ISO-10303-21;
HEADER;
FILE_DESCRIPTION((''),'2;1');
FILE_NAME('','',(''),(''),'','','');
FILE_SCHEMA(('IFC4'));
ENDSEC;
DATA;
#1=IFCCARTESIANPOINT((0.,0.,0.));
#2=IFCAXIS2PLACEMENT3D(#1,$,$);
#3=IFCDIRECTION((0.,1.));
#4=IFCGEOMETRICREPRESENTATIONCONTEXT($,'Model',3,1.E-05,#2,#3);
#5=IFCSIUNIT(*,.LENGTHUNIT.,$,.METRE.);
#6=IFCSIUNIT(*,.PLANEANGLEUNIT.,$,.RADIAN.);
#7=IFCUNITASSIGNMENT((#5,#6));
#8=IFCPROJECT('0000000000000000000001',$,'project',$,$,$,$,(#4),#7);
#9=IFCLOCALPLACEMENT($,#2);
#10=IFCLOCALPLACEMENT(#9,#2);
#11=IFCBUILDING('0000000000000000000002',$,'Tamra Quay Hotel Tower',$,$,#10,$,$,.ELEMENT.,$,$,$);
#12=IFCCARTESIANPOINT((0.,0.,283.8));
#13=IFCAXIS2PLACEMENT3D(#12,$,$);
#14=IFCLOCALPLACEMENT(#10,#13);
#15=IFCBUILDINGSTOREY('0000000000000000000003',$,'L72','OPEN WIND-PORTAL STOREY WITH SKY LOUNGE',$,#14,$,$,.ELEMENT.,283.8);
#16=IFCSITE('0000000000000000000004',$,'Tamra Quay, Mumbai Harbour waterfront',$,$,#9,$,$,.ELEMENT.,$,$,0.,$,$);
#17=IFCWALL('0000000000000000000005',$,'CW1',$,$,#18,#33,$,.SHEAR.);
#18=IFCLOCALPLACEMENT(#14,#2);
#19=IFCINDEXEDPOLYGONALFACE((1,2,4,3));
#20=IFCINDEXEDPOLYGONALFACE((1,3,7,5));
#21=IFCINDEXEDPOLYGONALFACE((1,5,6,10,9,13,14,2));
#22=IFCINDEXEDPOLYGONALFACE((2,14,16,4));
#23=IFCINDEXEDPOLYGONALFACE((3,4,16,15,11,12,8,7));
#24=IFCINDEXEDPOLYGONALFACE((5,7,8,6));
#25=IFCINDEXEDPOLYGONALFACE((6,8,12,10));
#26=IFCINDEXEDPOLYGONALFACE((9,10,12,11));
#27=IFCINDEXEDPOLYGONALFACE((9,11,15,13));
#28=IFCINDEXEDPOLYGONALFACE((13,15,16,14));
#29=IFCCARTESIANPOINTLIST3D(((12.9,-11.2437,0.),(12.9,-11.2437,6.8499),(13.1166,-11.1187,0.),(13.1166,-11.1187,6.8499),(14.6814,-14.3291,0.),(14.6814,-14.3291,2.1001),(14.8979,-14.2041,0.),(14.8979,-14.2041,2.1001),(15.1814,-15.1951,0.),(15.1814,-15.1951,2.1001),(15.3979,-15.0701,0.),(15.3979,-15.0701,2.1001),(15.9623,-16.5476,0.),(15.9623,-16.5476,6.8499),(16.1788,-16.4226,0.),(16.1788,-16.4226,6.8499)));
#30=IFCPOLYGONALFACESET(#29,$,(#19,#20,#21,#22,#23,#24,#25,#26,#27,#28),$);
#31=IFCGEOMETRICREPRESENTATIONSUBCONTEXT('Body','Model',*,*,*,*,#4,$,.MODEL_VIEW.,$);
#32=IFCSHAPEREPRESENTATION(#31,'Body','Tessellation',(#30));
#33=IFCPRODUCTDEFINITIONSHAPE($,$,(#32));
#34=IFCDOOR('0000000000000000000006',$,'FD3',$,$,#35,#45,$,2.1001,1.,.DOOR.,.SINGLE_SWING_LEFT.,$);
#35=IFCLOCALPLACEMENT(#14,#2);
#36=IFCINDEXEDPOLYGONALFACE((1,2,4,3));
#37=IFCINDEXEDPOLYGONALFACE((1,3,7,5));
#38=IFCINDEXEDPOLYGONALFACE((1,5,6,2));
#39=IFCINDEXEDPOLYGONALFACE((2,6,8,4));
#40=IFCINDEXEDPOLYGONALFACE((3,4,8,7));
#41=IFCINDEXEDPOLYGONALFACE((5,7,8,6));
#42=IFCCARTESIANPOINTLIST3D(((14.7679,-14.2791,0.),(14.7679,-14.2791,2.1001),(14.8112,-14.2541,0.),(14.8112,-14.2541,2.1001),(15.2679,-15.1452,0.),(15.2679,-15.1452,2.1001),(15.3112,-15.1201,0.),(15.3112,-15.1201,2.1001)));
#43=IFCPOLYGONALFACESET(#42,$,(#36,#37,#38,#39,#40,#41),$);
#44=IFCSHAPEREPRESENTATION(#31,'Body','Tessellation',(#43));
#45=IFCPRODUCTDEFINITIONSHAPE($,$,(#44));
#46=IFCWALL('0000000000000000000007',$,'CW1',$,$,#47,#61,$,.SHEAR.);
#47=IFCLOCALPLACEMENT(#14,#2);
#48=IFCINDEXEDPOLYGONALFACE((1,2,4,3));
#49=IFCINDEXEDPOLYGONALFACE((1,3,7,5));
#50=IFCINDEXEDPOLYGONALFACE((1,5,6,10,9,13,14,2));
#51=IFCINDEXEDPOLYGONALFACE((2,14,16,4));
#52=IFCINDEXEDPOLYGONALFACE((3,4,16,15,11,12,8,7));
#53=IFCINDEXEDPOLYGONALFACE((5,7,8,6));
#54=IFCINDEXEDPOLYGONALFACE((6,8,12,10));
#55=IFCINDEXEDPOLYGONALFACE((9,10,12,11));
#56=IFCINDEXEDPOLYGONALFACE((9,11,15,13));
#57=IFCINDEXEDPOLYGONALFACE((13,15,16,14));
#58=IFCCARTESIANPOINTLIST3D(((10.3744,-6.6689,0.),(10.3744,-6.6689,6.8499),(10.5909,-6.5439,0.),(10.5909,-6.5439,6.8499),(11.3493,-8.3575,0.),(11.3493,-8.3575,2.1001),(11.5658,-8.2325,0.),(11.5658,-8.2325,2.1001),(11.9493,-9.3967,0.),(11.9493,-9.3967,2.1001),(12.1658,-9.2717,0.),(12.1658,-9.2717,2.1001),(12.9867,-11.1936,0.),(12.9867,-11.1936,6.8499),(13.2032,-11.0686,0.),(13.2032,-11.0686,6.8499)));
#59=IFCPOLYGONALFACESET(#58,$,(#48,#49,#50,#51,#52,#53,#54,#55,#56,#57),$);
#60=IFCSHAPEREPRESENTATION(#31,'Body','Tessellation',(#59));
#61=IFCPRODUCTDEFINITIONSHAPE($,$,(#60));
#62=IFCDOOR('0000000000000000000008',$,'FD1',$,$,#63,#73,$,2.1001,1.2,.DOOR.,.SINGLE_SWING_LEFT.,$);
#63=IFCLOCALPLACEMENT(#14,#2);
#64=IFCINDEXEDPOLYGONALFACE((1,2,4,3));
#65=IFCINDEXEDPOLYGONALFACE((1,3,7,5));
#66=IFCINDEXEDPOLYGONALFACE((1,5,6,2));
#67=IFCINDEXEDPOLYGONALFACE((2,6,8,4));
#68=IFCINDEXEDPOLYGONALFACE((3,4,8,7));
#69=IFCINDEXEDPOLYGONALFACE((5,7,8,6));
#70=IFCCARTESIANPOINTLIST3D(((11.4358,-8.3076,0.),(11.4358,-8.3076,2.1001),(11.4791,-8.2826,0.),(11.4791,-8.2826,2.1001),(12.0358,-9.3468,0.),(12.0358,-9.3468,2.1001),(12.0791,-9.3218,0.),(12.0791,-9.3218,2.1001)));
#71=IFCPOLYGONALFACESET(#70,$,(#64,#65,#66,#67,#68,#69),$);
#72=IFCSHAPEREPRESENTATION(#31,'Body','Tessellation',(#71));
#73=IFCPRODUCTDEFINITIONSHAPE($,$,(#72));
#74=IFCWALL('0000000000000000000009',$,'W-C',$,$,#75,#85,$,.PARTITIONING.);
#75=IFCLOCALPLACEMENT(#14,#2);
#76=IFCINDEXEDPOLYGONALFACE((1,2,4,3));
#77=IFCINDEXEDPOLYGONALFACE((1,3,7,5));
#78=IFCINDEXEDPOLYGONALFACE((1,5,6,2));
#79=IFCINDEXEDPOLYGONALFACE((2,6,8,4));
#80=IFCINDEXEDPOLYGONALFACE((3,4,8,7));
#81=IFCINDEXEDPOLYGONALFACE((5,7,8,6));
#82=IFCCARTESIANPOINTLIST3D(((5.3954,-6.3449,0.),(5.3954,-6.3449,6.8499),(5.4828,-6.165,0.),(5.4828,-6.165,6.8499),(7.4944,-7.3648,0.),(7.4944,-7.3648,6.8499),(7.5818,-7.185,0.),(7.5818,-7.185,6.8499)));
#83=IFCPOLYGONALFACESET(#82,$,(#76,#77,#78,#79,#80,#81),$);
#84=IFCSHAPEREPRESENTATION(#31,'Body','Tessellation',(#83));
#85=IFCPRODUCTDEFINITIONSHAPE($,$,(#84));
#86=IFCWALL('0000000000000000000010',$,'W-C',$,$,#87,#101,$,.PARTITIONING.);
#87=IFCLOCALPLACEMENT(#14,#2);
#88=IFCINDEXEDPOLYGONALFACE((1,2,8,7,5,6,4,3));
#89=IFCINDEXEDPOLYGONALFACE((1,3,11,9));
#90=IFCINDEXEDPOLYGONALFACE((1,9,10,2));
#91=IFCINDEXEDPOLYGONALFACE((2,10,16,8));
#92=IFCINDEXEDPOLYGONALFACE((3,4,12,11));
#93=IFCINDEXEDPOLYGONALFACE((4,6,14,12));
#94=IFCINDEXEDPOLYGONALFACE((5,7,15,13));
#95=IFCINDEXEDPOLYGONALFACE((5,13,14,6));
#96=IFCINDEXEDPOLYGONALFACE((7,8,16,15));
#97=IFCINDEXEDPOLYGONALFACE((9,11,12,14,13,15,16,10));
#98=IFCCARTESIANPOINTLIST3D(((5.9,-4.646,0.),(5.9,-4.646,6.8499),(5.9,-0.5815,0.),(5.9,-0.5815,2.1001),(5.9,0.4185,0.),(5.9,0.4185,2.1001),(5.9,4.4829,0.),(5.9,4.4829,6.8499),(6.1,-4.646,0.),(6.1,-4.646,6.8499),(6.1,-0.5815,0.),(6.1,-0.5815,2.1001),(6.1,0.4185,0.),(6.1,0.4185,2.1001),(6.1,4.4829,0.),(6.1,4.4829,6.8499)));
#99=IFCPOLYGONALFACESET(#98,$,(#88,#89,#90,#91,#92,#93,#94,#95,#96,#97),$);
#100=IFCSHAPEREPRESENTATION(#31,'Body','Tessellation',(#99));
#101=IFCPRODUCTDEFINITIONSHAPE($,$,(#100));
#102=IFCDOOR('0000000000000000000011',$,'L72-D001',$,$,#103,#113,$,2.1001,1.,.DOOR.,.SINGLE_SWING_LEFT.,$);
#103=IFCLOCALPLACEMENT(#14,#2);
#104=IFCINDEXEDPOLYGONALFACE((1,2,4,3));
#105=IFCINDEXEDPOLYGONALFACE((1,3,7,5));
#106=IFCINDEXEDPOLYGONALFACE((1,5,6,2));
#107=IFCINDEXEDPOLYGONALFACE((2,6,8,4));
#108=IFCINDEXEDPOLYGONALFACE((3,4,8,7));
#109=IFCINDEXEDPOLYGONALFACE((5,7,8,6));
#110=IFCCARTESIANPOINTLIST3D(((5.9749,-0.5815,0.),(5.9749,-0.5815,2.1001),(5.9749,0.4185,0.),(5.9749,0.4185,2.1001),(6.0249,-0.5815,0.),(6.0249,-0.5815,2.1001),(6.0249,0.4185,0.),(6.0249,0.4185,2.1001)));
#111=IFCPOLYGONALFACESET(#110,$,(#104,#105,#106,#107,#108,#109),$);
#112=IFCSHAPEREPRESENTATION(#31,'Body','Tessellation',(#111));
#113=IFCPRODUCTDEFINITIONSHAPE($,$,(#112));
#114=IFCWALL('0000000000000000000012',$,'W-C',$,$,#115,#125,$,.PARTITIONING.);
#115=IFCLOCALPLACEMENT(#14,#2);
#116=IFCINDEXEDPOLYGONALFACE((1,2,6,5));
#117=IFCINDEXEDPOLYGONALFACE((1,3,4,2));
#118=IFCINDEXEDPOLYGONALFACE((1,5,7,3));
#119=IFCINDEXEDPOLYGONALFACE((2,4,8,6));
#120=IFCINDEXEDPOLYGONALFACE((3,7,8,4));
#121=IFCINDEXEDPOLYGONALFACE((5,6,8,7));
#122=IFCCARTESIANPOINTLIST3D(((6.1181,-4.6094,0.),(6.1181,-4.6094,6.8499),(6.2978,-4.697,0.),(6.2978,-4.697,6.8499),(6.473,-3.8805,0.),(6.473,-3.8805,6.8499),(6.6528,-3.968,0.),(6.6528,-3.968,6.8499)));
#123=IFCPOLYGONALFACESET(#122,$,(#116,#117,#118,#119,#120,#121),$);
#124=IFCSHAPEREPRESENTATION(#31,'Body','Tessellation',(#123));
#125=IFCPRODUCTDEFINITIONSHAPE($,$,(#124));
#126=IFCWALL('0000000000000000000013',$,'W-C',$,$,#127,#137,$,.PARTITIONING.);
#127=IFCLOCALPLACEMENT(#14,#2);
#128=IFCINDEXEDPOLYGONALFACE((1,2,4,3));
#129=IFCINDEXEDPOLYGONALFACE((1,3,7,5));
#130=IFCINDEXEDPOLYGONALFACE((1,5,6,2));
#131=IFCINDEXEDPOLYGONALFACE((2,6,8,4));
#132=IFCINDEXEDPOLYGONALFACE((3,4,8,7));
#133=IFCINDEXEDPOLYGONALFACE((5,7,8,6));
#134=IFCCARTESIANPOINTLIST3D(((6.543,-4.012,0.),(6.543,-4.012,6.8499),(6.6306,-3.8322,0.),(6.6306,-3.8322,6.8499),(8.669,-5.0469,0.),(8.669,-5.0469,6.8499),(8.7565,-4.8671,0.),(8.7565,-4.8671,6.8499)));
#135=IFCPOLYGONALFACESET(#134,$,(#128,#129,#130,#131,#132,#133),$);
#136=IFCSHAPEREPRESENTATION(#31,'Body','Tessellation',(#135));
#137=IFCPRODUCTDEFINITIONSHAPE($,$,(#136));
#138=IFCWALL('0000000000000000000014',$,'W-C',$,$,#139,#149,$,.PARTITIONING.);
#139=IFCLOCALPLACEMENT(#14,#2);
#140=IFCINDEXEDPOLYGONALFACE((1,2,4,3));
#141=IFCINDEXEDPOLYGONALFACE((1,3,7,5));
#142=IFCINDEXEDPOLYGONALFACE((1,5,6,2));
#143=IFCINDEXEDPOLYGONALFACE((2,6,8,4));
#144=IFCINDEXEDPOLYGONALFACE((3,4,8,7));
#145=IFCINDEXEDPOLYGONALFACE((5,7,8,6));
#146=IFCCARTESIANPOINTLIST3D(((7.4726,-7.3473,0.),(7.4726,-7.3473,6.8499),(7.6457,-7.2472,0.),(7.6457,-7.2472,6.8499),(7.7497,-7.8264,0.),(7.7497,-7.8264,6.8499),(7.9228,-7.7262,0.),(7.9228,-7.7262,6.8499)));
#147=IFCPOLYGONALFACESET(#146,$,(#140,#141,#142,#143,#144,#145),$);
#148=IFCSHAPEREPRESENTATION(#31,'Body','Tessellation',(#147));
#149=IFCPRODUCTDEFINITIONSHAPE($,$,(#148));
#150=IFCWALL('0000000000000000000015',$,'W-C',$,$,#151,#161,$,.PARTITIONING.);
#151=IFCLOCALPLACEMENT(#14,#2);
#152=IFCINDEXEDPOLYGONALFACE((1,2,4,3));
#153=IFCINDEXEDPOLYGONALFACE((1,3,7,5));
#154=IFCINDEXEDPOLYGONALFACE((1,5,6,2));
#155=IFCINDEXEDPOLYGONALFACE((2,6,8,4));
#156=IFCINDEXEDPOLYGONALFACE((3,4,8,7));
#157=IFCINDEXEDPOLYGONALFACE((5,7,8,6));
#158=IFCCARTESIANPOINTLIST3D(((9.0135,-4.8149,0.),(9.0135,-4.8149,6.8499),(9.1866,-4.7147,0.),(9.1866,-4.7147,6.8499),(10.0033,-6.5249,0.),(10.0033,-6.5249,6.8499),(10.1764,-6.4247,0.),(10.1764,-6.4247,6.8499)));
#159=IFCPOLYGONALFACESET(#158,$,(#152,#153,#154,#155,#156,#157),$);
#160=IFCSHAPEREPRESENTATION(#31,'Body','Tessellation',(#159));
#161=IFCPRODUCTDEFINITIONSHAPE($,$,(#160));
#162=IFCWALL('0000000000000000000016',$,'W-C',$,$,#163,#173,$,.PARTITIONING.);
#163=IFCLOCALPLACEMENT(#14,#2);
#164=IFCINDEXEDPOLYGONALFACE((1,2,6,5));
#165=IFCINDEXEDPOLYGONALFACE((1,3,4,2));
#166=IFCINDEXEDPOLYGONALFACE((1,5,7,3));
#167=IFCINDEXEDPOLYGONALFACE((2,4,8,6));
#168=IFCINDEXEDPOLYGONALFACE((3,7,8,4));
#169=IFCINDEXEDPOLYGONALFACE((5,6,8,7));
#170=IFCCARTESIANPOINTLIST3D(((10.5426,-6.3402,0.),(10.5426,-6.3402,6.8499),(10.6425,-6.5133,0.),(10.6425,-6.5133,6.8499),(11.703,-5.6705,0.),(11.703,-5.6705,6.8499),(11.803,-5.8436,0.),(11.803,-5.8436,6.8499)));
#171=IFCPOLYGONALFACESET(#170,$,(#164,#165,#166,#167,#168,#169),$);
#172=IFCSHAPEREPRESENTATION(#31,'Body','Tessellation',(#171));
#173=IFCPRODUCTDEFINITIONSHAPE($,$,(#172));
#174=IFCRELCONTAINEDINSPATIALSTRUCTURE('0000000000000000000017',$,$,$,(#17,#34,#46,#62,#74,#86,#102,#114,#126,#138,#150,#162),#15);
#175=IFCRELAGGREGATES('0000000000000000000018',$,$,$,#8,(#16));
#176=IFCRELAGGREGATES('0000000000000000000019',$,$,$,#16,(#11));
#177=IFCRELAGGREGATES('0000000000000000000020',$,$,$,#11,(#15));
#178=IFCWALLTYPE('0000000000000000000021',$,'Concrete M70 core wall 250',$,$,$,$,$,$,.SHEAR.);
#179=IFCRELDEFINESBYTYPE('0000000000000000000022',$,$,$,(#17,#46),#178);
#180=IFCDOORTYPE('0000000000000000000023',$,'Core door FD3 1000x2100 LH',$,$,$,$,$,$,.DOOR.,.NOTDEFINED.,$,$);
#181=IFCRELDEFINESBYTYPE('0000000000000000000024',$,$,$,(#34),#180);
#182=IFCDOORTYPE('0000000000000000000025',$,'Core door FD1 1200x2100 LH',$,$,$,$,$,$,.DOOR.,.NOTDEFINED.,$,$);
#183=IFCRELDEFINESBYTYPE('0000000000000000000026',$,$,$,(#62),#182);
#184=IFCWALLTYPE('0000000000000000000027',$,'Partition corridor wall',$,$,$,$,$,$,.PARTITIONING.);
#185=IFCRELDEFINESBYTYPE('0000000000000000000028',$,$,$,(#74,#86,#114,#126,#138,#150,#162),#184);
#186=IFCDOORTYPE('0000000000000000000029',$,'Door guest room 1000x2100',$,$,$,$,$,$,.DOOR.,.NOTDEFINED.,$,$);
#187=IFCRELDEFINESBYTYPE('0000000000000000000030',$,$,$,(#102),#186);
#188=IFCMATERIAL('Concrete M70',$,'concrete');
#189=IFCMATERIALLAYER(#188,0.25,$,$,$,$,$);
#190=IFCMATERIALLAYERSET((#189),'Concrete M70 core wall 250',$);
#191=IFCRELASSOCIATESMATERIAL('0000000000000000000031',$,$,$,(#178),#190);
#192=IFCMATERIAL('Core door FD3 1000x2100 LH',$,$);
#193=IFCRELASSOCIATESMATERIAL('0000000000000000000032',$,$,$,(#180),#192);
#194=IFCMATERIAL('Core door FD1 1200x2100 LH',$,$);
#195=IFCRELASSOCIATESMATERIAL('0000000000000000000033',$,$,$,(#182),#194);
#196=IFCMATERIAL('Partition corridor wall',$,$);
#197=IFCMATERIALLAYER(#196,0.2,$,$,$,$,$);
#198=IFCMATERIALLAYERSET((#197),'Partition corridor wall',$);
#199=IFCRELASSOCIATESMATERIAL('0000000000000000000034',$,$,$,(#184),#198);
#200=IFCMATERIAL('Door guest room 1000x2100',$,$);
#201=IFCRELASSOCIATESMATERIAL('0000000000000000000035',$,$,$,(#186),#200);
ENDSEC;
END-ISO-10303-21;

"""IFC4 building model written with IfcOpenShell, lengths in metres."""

from ifc_helpers import new_model, si_unit, direction, frame, frame_2d, origin, place, context, subcontext, project, spatial, rectangle, extrude, material, layer, layer_set, type_object, element, fill, save


model = new_model("IFC4")

# Units and contexts
model_context = context("Model", 3, precision=1e-05, world=origin(), true_north=direction((0.0, 1.0)))
body_context = subcontext(model_context, "Body", "Model", "MODEL_VIEW")
ifc_project = project(units=[si_unit("LENGTHUNIT", "METRE"), si_unit("PLANEANGLEUNIT", "RADIAN")], contexts=[model_context])

# Site, building, storey
site_placement = place(None, origin())
site = spatial("IfcSite", under=ifc_project, at=site_placement, Name="Tamra Quay, Mumbai Harbour waterfront", CompositionType="ELEMENT", RefElevation=0.0)
building_placement = place(site_placement, origin())
building = spatial("IfcBuilding", under=site, at=building_placement, Name="Tamra Quay Hotel Tower", CompositionType="ELEMENT")
storey_placement = place(building_placement, frame((0.0, 0.0, 283.8)))
storey = spatial("IfcBuildingStorey", under=building, at=storey_placement, Name="L72", Description="OPEN WIND-PORTAL STOREY WITH SKY LOUNGE", CompositionType="ELEMENT", Elevation=283.8)

# Shared definitions
ifc_material_1 = material(Name="Concrete M70", Category="concrete")

# Walls, openings, doors
ifc_layer_1 = layer(ifc_material_1, 0.25)
ifc_layer_set_1 = layer_set([ifc_layer_1], Name="Concrete M70 core wall 250")
wall_type_1 = type_object("IfcWallType", Name="Concrete M70 core wall 250", PredefinedType="SHEAR", material=ifc_layer_set_1)
wall_1_placement = place(storey_placement, frame((13.0083, -11.1812, 0.0), z_axis=(0.0, 0.0, 1.0), x_axis=(0.500002, -0.866024, 0.0)))
wall_1 = element("IfcWall", 1, at=wall_1_placement, inside=storey, type_object=wall_type_1, Name="CW1", PredefinedType="SHEAR", context=body_context, shape_type="SweptSolid", body=[
    extrude(rectangle(XDim=6.1245, YDim=0.25, at=frame_2d((3.0623, 0.0))), origin(), (0.0, 0.0, 1.0), 6.8499),
])
opening_1_placement = place(wall_1_placement, frame((3.5627, 0.0, 0.0)))
opening_1 = element("IfcOpeningElement", 2, at=opening_1_placement, cuts=wall_1, PredefinedType="OPENING", context=body_context, shape_type="SweptSolid", body=[
    extrude(rectangle(XDim=1.0, YDim=2.1001, at=frame_2d((0.5, 1.05))), frame((0.0, 0.135, 0.0), z_axis=(0.0, -1.0, 0.0), x_axis=(1.0, 0.0, 0.0)), (0.0, 0.0, 1.0), 0.27),
])
ifc_material_2 = material(Name="Core door FD3 1000x2100 LH")
door_type_1 = type_object("IfcDoorType", Name="Core door FD3 1000x2100 LH", OperationType="NOTDEFINED", PredefinedType="DOOR", material=ifc_material_2)
door_1_placement = place(opening_1_placement, origin())
door_1 = element("IfcDoor", 3, at=door_1_placement, inside=storey, type_object=door_type_1, Name="FD3", OperationType="SINGLE_SWING_LEFT", OverallHeight=2.1001, OverallWidth=1.0, PredefinedType="DOOR", context=body_context, shape_type="SweptSolid", body=[
    extrude(rectangle(XDim=1.0, YDim=2.1001, at=frame_2d((0.5, 1.05))), frame((0.0, 0.0249, 0.0), z_axis=(0.0, -1.0, 0.0), x_axis=(1.0, 0.0, 0.0)), (0.0, 0.0, 1.0), 0.05),
])
fill(opening_1, door_1)
wall_2_placement = place(storey_placement, frame((10.4827, -6.6064, 0.0), z_axis=(0.0, 0.0, 1.0), x_axis=(0.499999, -0.866026, 0.0)))
wall_2 = element("IfcWall", 4, at=wall_2_placement, inside=storey, type_object=wall_type_1, Name="CW1", PredefinedType="SHEAR", context=body_context, shape_type="SweptSolid", body=[
    extrude(rectangle(XDim=5.2246, YDim=0.25, at=frame_2d((2.6123, 0.0))), origin(), (0.0, 0.0, 1.0), 6.8499),
])
opening_2_placement = place(wall_2_placement, frame((1.9497, 0.0, 0.0)))
opening_2 = element("IfcOpeningElement", 5, at=opening_2_placement, cuts=wall_2, PredefinedType="OPENING", context=body_context, shape_type="SweptSolid", body=[
    extrude(rectangle(XDim=1.2, YDim=2.1001, at=frame_2d((0.6001, 1.05))), frame((0.0, 0.135, 0.0), z_axis=(0.0, -1.0, 0.0), x_axis=(1.0, 0.0, 0.0)), (0.0, 0.0, 1.0), 0.27),
])
ifc_material_3 = material(Name="Core door FD1 1200x2100 LH")
door_type_2 = type_object("IfcDoorType", Name="Core door FD1 1200x2100 LH", OperationType="NOTDEFINED", PredefinedType="DOOR", material=ifc_material_3)
door_2_placement = place(opening_2_placement, origin())
door_2 = element("IfcDoor", 6, at=door_2_placement, inside=storey, type_object=door_type_2, Name="FD1", OperationType="SINGLE_SWING_LEFT", OverallHeight=2.1001, OverallWidth=1.2, PredefinedType="DOOR", context=body_context, shape_type="SweptSolid", body=[
    extrude(rectangle(XDim=1.2, YDim=2.1001, at=frame_2d((0.6001, 1.05))), frame((0.0, 0.0249, 0.0), z_axis=(0.0, -1.0, 0.0), x_axis=(1.0, 0.0, 0.0)), (0.0, 0.0, 1.0), 0.05),
])
fill(opening_2, door_2)

# Wall
ifc_material_4 = material(Name="Partition corridor wall")
ifc_layer_2 = layer(ifc_material_4, 0.2)
ifc_layer_set_2 = layer_set([ifc_layer_2], Name="Partition corridor wall")
wall_type_2 = type_object("IfcWallType", Name="Partition corridor wall", PredefinedType="PARTITIONING", material=ifc_layer_set_2)
wall_3_placement = place(storey_placement, frame((5.439, -6.2549, 0.0), z_axis=(0.0, 0.0, 1.0), x_axis=(0.899433, -0.437059, 0.0)))
element("IfcWall", 7, at=wall_3_placement, inside=storey, type_object=wall_type_2, Name="W-C", PredefinedType="PARTITIONING", context=body_context, shape_type="SweptSolid", body=[
    extrude(rectangle(XDim=2.3337, YDim=0.2, at=frame_2d((1.167, 0.0))), origin(), (0.0, 0.0, 1.0), 6.8499),
])

# Wall, opening, door
wall_4_placement = place(storey_placement, frame((6.0, -4.646, 0.0), z_axis=(0.0, 0.0, 1.0), x_axis=(0.0, 1.0, 0.0)))
wall_4 = element("IfcWall", 8, at=wall_4_placement, inside=storey, type_object=wall_type_2, Name="W-C", PredefinedType="PARTITIONING", context=body_context, shape_type="SweptSolid", body=[
    extrude(rectangle(XDim=9.1289, YDim=0.2, at=frame_2d((4.5645, 0.0))), origin(), (0.0, 0.0, 1.0), 6.8499),
])
opening_3_placement = place(wall_4_placement, frame((4.0645, 0.0, 0.0)))
opening_3 = element("IfcOpeningElement", 9, at=opening_3_placement, cuts=wall_4, PredefinedType="OPENING", context=body_context, shape_type="SweptSolid", body=[
    extrude(rectangle(XDim=1.0, YDim=2.1001, at=frame_2d((0.5, 1.05))), frame((0.0, 0.1099, 0.0), z_axis=(0.0, -1.0, 0.0), x_axis=(1.0, 0.0, 0.0)), (0.0, 0.0, 1.0), 0.22),
])
ifc_material_5 = material(Name="Door guest room 1000x2100")
door_type_3 = type_object("IfcDoorType", Name="Door guest room 1000x2100", OperationType="NOTDEFINED", PredefinedType="DOOR", material=ifc_material_5)
door_3_placement = place(opening_3_placement, frame((1.0, 0.0, 0.0), z_axis=(0.0, 0.0, 1.0), x_axis=(-1.0, 0.0, 0.0)))
door_3 = element("IfcDoor", 10, at=door_3_placement, inside=storey, type_object=door_type_3, Name="L72-D001", OperationType="SINGLE_SWING_LEFT", OverallHeight=2.1001, OverallWidth=1.0, PredefinedType="DOOR", context=body_context, shape_type="SweptSolid", body=[
    extrude(rectangle(XDim=1.0, YDim=2.1001, at=frame_2d((0.5, 1.05))), frame((0.0, 0.0249, 0.0), z_axis=(0.0, -1.0, 0.0), x_axis=(1.0, 0.0, 0.0)), (0.0, 0.0, 1.0), 0.05),
])
fill(opening_3, door_3)

# Walls
wall_5_placement = place(storey_placement, frame((6.208, -4.6531, 0.0), z_axis=(0.0, 0.0, 1.0), x_axis=(0.437795, 0.899075, 0.0)))
element("IfcWall", 11, at=wall_5_placement, inside=storey, type_object=wall_type_2, Name="W-C", PredefinedType="PARTITIONING", context=body_context, shape_type="SweptSolid", body=[
    extrude(rectangle(XDim=0.8108, YDim=0.2, at=frame_2d((0.4053, 0.0))), origin(), (0.0, 0.0, 1.0), 6.8499),
])
wall_6_placement = place(storey_placement, frame((6.5869, -3.9221, 0.0), z_axis=(0.0, 0.0, 1.0), x_axis=(0.899126, -0.437689, 0.0)))
element("IfcWall", 12, at=wall_6_placement, inside=storey, type_object=wall_type_2, Name="W-C", PredefinedType="PARTITIONING", context=body_context, shape_type="SweptSolid", body=[
    extrude(rectangle(XDim=2.3645, YDim=0.2, at=frame_2d((1.1821, 0.0))), origin(), (0.0, 0.0, 1.0), 6.8499),
])
wall_7_placement = place(storey_placement, frame((7.5591, -7.2971, 0.0), z_axis=(0.0, 0.0, 1.0), x_axis=(0.500741, -0.865597, 0.0)))
element("IfcWall", 13, at=wall_7_placement, inside=storey, type_object=wall_type_2, Name="W-C", PredefinedType="PARTITIONING", context=body_context, shape_type="SweptSolid", body=[
    extrude(rectangle(XDim=0.5535, YDim=0.2, at=frame_2d((0.2769, 0.0))), origin(), (0.0, 0.0, 1.0), 6.8499),
])
wall_8_placement = place(storey_placement, frame((9.1001, -4.7649, 0.0), z_axis=(0.0, 0.0, 1.0), x_axis=(0.500949, -0.865477, 0.0)))
element("IfcWall", 14, at=wall_8_placement, inside=storey, type_object=wall_type_2, Name="W-C", PredefinedType="PARTITIONING", context=body_context, shape_type="SweptSolid", body=[
    extrude(rectangle(XDim=1.9758, YDim=0.2, at=frame_2d((0.9878, 0.0))), origin(), (0.0, 0.0, 1.0), 6.8499),
])
wall_9_placement = place(storey_placement, frame((10.5925, -6.4268, 0.0), z_axis=(0.0, 0.0, 1.0), x_axis=(0.866116, 0.499843, 0.0)))
element("IfcWall", 15, at=wall_9_placement, inside=storey, type_object=wall_type_2, Name="W-C", PredefinedType="PARTITIONING", context=body_context, shape_type="SweptSolid", body=[
    extrude(rectangle(XDim=1.3398, YDim=0.2, at=frame_2d((0.6699, 0.0))), origin(), (0.0, 0.0, 1.0), 6.8499),
])

save(model, "model.ifc")
